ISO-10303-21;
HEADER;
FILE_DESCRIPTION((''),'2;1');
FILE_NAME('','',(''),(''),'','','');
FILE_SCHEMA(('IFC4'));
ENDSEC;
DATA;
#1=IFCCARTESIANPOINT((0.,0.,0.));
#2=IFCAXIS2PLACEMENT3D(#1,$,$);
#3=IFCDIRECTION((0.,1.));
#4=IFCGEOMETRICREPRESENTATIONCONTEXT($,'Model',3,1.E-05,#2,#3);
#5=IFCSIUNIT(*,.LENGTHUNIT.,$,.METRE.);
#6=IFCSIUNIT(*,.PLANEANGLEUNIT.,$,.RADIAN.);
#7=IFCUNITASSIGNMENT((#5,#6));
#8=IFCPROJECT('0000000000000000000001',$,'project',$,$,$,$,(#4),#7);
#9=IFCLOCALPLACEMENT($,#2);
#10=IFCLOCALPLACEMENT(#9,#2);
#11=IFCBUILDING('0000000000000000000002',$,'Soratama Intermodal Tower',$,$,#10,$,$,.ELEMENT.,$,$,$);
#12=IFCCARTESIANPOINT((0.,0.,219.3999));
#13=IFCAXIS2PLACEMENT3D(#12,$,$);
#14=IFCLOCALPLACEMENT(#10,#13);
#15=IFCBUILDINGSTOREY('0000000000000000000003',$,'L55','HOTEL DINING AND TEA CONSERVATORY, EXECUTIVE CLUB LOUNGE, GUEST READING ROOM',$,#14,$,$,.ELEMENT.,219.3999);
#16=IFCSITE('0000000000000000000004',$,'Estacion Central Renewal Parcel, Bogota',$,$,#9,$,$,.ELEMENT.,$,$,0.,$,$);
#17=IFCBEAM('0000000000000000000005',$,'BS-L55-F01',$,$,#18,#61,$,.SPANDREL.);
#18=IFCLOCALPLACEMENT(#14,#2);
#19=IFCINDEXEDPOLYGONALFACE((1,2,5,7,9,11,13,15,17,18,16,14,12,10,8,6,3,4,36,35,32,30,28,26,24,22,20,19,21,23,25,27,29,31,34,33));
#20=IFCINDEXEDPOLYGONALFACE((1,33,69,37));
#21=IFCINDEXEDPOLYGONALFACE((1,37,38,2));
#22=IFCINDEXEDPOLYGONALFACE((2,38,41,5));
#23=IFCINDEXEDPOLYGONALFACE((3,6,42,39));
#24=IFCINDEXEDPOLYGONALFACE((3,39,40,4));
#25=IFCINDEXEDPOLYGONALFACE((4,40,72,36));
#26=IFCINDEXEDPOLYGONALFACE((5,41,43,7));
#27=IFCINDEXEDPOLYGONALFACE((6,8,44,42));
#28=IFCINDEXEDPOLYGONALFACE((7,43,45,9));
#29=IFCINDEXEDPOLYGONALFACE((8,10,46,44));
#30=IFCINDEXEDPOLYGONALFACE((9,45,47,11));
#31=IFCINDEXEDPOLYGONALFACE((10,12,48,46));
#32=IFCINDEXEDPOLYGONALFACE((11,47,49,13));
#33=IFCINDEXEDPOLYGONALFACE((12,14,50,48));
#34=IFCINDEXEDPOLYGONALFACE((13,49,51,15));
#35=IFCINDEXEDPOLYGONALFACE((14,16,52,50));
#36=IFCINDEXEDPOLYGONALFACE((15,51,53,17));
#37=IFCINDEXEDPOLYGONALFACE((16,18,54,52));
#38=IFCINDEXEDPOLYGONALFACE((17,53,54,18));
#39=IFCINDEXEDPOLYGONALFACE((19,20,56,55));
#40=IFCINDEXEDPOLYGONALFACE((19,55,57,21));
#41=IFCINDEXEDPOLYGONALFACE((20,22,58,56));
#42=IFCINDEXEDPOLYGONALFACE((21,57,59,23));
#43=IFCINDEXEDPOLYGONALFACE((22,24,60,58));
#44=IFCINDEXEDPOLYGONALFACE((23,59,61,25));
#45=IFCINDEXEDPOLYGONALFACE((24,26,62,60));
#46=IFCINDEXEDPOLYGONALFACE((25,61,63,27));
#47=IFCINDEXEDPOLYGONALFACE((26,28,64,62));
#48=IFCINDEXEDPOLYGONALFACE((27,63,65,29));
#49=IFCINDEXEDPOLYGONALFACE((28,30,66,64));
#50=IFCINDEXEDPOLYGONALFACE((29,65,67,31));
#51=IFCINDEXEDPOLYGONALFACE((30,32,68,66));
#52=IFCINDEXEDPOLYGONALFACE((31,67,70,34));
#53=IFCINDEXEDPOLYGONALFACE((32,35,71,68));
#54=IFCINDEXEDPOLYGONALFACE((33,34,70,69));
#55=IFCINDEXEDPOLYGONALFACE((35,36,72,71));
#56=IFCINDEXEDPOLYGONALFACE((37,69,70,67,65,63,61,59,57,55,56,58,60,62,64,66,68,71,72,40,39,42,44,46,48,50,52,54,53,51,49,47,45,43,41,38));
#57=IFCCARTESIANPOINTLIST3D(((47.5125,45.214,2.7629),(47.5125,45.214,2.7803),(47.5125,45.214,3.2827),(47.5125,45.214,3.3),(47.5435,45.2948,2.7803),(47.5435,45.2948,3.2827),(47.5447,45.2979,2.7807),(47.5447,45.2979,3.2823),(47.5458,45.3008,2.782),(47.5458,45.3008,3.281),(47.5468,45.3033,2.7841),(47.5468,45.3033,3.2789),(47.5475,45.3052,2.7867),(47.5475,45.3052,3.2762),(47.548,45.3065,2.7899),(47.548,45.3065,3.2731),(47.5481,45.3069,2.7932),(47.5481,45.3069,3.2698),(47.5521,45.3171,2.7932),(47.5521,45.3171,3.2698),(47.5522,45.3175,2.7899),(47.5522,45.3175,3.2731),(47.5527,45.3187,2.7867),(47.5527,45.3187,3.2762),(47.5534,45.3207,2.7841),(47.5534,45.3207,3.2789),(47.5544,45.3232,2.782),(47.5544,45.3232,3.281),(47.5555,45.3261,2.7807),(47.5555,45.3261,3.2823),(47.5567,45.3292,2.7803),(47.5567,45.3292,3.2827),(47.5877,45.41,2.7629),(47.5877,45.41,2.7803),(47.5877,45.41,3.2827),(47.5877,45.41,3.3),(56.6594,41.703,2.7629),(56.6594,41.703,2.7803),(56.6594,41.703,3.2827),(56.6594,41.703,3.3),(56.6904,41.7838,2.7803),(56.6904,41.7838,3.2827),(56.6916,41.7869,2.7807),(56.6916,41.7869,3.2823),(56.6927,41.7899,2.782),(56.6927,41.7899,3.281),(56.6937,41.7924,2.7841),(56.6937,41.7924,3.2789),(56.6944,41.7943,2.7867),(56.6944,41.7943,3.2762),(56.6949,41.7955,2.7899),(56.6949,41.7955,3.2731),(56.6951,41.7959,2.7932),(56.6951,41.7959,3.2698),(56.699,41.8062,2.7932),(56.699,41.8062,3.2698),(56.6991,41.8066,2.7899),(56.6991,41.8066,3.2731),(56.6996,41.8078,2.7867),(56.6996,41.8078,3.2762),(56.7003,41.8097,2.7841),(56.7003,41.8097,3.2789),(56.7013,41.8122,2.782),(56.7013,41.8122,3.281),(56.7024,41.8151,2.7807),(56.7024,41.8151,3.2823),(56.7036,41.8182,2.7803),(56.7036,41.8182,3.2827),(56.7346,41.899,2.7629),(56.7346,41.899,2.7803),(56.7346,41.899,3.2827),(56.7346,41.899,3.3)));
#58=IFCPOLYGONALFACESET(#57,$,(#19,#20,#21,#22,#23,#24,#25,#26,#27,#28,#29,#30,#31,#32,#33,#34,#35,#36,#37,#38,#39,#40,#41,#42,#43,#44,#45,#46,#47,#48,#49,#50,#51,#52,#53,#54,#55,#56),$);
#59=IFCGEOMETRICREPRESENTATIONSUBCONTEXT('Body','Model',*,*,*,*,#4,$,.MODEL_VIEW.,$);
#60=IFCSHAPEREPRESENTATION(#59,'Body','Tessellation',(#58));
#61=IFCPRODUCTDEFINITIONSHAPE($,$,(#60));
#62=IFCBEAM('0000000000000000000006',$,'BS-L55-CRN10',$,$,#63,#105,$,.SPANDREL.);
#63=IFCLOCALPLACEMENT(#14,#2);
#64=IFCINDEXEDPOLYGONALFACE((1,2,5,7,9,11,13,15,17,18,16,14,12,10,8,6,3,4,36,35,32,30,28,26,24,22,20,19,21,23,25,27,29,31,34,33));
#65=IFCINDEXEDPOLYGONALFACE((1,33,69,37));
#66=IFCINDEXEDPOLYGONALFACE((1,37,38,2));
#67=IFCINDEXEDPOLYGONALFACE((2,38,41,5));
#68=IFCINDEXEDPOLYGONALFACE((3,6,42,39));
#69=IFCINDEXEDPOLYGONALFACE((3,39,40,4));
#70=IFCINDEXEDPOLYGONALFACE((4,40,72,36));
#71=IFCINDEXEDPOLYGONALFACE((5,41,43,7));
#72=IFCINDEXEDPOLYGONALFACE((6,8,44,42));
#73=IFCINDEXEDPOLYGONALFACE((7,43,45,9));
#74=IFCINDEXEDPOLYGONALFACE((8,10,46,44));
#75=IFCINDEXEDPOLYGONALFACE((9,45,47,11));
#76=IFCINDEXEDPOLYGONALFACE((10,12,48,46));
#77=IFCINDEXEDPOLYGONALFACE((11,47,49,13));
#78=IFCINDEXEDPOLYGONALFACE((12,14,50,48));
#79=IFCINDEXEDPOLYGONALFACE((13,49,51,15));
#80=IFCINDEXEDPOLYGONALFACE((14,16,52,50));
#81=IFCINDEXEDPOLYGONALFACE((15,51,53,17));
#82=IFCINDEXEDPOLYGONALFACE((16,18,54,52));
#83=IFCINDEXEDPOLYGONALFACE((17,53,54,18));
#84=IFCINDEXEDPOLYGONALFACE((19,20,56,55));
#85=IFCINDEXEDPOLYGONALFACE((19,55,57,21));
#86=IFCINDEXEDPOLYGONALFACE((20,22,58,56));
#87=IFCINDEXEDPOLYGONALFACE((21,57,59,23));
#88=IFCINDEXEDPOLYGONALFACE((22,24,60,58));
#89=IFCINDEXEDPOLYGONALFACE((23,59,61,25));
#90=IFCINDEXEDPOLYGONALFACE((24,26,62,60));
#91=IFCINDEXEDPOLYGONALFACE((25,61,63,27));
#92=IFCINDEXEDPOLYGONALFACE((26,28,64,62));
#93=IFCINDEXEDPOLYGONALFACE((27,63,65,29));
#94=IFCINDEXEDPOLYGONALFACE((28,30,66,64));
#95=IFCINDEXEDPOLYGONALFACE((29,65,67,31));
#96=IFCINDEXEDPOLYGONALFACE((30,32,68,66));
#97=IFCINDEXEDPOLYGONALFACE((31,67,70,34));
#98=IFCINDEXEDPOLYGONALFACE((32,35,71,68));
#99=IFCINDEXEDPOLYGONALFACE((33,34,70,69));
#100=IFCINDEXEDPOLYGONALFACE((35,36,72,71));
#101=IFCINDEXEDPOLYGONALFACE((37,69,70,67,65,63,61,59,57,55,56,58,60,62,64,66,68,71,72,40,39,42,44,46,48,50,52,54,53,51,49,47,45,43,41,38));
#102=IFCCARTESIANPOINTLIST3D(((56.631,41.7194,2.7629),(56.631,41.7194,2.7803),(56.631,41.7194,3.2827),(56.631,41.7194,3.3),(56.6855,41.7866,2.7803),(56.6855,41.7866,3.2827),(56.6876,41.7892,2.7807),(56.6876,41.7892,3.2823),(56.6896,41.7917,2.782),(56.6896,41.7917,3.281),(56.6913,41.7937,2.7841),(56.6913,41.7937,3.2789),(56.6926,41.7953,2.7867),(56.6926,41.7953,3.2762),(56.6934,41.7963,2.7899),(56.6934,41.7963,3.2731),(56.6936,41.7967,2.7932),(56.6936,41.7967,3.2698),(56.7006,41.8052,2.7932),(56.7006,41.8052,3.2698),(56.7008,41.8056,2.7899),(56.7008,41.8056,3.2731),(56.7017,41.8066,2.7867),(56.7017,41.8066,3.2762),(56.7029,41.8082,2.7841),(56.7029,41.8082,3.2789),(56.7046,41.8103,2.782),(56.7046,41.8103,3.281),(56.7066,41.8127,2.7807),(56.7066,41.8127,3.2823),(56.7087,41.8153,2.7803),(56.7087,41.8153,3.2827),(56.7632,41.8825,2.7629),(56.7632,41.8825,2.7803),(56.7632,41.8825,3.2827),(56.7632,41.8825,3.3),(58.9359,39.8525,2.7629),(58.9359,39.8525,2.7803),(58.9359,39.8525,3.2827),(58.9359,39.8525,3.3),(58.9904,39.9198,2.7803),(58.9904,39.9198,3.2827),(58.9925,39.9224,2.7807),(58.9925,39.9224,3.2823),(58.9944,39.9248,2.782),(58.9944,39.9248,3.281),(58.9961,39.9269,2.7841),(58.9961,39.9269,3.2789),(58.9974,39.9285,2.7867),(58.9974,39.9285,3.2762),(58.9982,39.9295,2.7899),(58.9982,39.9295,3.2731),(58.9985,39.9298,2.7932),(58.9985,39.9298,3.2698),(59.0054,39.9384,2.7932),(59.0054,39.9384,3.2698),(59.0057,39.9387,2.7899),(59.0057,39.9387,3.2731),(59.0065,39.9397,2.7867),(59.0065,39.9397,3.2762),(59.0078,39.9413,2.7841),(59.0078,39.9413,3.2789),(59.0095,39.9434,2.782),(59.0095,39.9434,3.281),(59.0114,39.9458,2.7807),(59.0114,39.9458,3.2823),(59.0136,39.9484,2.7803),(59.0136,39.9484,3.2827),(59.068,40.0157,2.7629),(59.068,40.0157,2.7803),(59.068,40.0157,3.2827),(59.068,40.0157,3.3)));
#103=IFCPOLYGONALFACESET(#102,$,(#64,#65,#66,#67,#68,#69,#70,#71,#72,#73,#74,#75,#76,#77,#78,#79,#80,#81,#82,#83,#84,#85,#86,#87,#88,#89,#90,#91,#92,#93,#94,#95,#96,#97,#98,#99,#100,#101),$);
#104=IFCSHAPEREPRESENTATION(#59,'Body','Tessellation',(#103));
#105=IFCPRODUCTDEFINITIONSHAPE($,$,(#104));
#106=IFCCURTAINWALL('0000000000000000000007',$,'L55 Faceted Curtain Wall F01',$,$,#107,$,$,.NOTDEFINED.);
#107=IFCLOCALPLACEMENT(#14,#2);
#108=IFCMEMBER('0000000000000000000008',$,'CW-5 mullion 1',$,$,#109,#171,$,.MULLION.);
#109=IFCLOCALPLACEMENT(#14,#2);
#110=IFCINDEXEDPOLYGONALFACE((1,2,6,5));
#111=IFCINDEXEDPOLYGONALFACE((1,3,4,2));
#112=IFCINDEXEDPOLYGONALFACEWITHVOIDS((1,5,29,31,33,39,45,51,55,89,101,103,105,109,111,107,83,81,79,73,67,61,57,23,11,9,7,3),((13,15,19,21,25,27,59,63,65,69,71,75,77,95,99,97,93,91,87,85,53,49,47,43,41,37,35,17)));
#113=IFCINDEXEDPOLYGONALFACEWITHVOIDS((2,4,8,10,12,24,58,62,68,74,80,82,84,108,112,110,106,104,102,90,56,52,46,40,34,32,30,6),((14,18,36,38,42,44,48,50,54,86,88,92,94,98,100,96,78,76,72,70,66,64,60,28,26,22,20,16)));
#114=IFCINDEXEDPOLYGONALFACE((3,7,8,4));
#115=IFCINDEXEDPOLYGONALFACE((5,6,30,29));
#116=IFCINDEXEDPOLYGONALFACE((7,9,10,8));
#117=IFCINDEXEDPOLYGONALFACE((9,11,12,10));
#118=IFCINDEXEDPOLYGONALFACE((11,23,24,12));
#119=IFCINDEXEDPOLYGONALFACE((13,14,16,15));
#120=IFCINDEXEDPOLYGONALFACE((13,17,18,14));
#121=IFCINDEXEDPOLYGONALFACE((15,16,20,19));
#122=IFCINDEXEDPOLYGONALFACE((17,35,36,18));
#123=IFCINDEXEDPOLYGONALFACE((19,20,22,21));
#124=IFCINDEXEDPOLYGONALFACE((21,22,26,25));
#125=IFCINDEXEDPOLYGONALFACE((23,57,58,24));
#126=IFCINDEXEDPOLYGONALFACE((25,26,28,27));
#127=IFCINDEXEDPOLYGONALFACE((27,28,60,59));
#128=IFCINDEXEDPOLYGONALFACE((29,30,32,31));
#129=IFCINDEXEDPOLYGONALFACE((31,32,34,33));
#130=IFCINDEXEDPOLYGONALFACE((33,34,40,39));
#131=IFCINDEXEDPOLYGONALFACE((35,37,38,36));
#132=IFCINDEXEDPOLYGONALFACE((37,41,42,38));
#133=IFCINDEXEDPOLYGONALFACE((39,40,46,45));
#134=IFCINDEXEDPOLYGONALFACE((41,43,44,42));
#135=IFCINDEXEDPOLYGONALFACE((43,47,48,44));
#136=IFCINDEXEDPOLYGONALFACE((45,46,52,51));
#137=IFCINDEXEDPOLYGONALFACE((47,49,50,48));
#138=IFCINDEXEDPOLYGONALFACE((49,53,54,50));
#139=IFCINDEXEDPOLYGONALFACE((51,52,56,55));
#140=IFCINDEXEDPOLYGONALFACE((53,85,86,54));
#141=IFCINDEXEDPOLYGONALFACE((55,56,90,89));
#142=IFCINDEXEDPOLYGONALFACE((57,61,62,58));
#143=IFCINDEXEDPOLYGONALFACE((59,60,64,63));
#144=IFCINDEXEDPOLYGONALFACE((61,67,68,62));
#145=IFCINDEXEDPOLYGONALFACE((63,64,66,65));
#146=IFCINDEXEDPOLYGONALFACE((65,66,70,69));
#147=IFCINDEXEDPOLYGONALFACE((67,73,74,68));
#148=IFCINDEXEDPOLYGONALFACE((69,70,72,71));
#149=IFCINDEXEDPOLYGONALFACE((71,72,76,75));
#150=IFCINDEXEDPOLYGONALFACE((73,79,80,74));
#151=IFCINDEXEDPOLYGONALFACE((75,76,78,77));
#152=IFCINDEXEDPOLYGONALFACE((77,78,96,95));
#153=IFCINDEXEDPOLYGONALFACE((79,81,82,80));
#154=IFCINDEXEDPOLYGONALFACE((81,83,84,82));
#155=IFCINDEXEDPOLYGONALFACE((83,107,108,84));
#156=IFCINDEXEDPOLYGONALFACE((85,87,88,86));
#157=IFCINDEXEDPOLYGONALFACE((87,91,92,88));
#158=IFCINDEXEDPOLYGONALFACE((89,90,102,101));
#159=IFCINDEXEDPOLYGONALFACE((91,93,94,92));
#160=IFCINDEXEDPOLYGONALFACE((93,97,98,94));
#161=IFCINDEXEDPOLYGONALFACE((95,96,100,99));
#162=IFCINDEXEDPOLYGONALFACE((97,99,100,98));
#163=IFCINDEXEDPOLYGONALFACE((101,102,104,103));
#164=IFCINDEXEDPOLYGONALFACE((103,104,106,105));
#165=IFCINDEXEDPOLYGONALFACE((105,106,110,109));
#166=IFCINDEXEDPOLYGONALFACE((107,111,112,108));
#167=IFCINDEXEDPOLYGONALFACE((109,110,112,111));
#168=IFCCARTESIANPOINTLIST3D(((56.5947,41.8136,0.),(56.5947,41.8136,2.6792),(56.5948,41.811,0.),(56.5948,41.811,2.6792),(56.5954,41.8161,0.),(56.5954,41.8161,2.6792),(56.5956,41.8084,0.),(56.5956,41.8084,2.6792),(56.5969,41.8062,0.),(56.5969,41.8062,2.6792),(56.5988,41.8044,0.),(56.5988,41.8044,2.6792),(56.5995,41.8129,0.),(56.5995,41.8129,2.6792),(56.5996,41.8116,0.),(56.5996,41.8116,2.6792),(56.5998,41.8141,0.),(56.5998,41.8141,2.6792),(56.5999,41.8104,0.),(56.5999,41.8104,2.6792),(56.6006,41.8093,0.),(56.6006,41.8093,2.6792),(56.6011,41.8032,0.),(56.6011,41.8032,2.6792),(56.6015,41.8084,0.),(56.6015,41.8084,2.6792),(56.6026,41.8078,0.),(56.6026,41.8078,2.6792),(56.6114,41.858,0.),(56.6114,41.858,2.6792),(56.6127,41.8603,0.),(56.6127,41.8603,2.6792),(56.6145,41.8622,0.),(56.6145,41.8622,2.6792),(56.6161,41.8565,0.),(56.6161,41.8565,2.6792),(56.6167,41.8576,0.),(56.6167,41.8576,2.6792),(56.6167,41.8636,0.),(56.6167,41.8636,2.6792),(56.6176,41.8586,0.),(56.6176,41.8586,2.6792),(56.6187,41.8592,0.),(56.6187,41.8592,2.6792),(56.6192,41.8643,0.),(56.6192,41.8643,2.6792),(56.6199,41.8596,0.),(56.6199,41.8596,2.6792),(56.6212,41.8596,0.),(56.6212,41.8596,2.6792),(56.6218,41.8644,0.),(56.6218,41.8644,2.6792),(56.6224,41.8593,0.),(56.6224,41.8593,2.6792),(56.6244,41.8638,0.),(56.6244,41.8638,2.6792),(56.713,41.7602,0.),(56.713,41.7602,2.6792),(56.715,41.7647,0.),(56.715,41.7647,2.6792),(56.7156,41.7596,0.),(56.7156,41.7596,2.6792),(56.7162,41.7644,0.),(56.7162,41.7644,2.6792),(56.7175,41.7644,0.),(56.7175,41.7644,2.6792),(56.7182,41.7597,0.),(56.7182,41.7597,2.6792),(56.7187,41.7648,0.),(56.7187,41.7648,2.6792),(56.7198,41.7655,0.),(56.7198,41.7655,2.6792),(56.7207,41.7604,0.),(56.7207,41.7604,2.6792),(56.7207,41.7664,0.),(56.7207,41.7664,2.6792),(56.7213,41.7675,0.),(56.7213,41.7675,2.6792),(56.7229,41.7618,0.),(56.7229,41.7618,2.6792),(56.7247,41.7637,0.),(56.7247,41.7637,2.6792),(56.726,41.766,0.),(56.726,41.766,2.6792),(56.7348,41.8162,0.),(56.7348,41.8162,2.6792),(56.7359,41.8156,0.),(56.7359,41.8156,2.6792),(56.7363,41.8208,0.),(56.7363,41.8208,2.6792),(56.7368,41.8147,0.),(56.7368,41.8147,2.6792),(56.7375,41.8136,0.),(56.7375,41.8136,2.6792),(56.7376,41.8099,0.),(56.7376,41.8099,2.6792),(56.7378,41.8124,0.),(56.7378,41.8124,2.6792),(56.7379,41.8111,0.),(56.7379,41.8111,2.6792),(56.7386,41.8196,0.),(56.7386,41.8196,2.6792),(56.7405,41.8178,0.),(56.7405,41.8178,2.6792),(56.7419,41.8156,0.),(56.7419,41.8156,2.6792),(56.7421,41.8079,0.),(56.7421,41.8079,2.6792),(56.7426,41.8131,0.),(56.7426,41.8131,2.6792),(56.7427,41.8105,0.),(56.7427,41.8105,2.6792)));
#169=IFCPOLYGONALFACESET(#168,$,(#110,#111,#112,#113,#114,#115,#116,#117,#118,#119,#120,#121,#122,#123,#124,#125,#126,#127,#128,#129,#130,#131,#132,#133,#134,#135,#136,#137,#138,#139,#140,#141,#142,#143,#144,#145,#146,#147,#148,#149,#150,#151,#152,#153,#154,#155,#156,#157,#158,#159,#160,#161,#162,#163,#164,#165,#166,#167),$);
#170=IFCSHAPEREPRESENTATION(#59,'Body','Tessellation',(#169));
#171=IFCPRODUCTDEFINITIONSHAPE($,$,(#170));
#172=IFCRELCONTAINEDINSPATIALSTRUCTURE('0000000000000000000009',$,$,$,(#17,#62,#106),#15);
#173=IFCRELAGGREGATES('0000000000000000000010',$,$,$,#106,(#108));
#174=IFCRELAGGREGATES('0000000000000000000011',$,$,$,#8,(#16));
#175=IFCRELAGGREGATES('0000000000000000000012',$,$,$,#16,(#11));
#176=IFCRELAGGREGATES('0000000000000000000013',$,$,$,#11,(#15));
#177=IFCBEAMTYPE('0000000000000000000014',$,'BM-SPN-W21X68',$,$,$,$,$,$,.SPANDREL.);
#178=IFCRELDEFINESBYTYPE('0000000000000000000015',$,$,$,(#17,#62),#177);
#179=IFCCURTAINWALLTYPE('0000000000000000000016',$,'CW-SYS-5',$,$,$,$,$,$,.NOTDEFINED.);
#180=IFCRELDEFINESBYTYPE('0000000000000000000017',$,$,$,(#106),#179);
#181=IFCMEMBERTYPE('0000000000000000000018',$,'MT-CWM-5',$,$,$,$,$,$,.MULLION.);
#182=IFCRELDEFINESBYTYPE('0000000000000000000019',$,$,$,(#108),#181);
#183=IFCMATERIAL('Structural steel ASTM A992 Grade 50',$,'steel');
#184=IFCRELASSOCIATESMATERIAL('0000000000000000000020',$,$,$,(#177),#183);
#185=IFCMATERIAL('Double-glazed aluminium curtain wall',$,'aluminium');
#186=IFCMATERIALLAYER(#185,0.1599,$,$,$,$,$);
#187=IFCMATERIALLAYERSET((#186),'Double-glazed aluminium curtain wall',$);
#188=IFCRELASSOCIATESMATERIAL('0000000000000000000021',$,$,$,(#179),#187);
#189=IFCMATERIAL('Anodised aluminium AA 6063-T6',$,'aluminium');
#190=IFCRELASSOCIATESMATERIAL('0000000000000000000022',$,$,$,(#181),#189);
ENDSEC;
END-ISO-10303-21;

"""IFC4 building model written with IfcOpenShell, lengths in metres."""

from ifc_helpers import new_model, si_unit, direction, frame, origin, origin_2d, place, context, subcontext, project, spatial, hollow_rectangle, i_section, extrude, material, layer, layer_set, material_profile, profile_set, type_object, element, aggregate, save


model = new_model("IFC4")

# Units and contexts
model_context = context("Model", 3, precision=1e-05, world=origin(), true_north=direction((0.0, 1.0)))
body_context = subcontext(model_context, "Body", "Model", "MODEL_VIEW")
ifc_project = project(units=[si_unit("LENGTHUNIT", "METRE"), si_unit("PLANEANGLEUNIT", "RADIAN")], contexts=[model_context])

# Site, building, storey
site_placement = place(None, origin())
site = spatial("IfcSite", under=ifc_project, at=site_placement, Name="Estacion Central Renewal Parcel, Bogota", CompositionType="ELEMENT", RefElevation=0.0)
building_placement = place(site_placement, origin())
building = spatial("IfcBuilding", under=site, at=building_placement, Name="Soratama Intermodal Tower", CompositionType="ELEMENT")
storey_placement = place(building_placement, frame((0.0, 0.0, 219.3999)))
storey = spatial("IfcBuildingStorey", under=building, at=storey_placement, Name="L55", Description="HOTEL DINING AND TEA CONSERVATORY, EXECUTIVE CLUB LOUNGE, GUEST READING ROOM", CompositionType="ELEMENT", Elevation=219.3999)

# Beams
ifc_material_1 = material(Name="Structural steel ASTM A992 Grade 50", Category="steel")
ifc_material_profile_1 = material_profile(ifc_material_1, i_section(OverallWidth=0.21, OverallDepth=0.5371, WebThickness=0.011, FlangeThickness=0.0173, FilletRadius=0.0129, at=origin_2d()), Name="W21X68")
ifc_profile_set_1 = profile_set([ifc_material_profile_1], Name="Structural steel ASTM A992 Grade 50")
beam_type_1 = type_object("IfcBeamType", Name="BM-SPN-W21X68", PredefinedType="SPANDREL", material=ifc_profile_set_1)
beam_1_placement = place(storey_placement, frame((56.697, 41.801, 3.0315), z_axis=(-0.933588, 0.358349, 0.0), x_axis=(-0.358349, -0.933588, 0.0)))
element("IfcBeam", 1, at=beam_1_placement, inside=storey, type_object=beam_type_1, Name="BS-L55-F01", PredefinedType="SPANDREL", context=body_context, shape_type="SweptSolid", body=[
    extrude(i_section(OverallWidth=0.21, OverallDepth=0.5371, WebThickness=0.011, FlangeThickness=0.0173, FilletRadius=0.0129, at=origin_2d()), origin(), (0.0, 0.0, 1.0), 9.7976),
])
beam_2_placement = place(storey_placement, frame((59.002, 39.9341, 3.0315), z_axis=(-0.777072, 0.629411, 0.0), x_axis=(-0.629411, -0.777072, 0.0)))
element("IfcBeam", 2, at=beam_2_placement, inside=storey, type_object=beam_type_1, Name="BS-L55-CRN10", PredefinedType="SPANDREL", context=body_context, shape_type="SweptSolid", body=[
    extrude(i_section(OverallWidth=0.21, OverallDepth=0.5371, WebThickness=0.011, FlangeThickness=0.0173, FilletRadius=0.0129, at=origin_2d()), origin(), (0.0, 0.0, 1.0), 2.9661),
])

# Curtain wall, member
ifc_material_2 = material(Name="Double-glazed aluminium curtain wall", Category="aluminium")
ifc_layer_1 = layer(ifc_material_2, 0.1599)
ifc_layer_set_1 = layer_set([ifc_layer_1], Name="Double-glazed aluminium curtain wall")
curtain_wall_type = type_object("IfcCurtainWallType", Name="CW-SYS-5", PredefinedType="NOTDEFINED", material=ifc_layer_set_1)
curtain_wall_1_placement = place(storey_placement, origin())
curtain_wall_1 = element("IfcCurtainWall", 3, at=curtain_wall_1_placement, inside=storey, type_object=curtain_wall_type, Name="L55 Faceted Curtain Wall F01", PredefinedType="NOTDEFINED")
ifc_material_3 = material(Name="Anodised aluminium AA 6063-T6", Category="aluminium")
ifc_material_profile_2 = material_profile(ifc_material_3, hollow_rectangle(XDim=0.0649, YDim=0.1399, WallThickness=0.0049, InnerFilletRadius=0.0049, OuterFilletRadius=0.01, at=origin_2d()), Name="CWM140X65X5")
ifc_profile_set_2 = profile_set([ifc_material_profile_2], Name="Anodised aluminium AA 6063-T6")
member_type_1 = type_object("IfcMemberType", Name="MT-CWM-5", PredefinedType="MULLION", material=ifc_profile_set_2)
member_1_placement = place(storey_placement, frame((56.6687, 41.812, 0.0), z_axis=(0.0, 0.0, 1.0), x_axis=(-0.358359, -0.933584, 0.0)))
member_1 = element("IfcMember", 4, at=member_1_placement, type_object=member_type_1, Name="CW-5 mullion 1", PredefinedType="MULLION", context=body_context, shape_type="SweptSolid", body=[
    extrude(hollow_rectangle(XDim=0.0649, YDim=0.1399, WallThickness=0.0049, InnerFilletRadius=0.0049, OuterFilletRadius=0.01, at=origin_2d()), origin(), (0.0, 0.0, 1.0), 2.6792),
])

aggregate(curtain_wall_1, [member_1])

save(model, "model.ifc")
